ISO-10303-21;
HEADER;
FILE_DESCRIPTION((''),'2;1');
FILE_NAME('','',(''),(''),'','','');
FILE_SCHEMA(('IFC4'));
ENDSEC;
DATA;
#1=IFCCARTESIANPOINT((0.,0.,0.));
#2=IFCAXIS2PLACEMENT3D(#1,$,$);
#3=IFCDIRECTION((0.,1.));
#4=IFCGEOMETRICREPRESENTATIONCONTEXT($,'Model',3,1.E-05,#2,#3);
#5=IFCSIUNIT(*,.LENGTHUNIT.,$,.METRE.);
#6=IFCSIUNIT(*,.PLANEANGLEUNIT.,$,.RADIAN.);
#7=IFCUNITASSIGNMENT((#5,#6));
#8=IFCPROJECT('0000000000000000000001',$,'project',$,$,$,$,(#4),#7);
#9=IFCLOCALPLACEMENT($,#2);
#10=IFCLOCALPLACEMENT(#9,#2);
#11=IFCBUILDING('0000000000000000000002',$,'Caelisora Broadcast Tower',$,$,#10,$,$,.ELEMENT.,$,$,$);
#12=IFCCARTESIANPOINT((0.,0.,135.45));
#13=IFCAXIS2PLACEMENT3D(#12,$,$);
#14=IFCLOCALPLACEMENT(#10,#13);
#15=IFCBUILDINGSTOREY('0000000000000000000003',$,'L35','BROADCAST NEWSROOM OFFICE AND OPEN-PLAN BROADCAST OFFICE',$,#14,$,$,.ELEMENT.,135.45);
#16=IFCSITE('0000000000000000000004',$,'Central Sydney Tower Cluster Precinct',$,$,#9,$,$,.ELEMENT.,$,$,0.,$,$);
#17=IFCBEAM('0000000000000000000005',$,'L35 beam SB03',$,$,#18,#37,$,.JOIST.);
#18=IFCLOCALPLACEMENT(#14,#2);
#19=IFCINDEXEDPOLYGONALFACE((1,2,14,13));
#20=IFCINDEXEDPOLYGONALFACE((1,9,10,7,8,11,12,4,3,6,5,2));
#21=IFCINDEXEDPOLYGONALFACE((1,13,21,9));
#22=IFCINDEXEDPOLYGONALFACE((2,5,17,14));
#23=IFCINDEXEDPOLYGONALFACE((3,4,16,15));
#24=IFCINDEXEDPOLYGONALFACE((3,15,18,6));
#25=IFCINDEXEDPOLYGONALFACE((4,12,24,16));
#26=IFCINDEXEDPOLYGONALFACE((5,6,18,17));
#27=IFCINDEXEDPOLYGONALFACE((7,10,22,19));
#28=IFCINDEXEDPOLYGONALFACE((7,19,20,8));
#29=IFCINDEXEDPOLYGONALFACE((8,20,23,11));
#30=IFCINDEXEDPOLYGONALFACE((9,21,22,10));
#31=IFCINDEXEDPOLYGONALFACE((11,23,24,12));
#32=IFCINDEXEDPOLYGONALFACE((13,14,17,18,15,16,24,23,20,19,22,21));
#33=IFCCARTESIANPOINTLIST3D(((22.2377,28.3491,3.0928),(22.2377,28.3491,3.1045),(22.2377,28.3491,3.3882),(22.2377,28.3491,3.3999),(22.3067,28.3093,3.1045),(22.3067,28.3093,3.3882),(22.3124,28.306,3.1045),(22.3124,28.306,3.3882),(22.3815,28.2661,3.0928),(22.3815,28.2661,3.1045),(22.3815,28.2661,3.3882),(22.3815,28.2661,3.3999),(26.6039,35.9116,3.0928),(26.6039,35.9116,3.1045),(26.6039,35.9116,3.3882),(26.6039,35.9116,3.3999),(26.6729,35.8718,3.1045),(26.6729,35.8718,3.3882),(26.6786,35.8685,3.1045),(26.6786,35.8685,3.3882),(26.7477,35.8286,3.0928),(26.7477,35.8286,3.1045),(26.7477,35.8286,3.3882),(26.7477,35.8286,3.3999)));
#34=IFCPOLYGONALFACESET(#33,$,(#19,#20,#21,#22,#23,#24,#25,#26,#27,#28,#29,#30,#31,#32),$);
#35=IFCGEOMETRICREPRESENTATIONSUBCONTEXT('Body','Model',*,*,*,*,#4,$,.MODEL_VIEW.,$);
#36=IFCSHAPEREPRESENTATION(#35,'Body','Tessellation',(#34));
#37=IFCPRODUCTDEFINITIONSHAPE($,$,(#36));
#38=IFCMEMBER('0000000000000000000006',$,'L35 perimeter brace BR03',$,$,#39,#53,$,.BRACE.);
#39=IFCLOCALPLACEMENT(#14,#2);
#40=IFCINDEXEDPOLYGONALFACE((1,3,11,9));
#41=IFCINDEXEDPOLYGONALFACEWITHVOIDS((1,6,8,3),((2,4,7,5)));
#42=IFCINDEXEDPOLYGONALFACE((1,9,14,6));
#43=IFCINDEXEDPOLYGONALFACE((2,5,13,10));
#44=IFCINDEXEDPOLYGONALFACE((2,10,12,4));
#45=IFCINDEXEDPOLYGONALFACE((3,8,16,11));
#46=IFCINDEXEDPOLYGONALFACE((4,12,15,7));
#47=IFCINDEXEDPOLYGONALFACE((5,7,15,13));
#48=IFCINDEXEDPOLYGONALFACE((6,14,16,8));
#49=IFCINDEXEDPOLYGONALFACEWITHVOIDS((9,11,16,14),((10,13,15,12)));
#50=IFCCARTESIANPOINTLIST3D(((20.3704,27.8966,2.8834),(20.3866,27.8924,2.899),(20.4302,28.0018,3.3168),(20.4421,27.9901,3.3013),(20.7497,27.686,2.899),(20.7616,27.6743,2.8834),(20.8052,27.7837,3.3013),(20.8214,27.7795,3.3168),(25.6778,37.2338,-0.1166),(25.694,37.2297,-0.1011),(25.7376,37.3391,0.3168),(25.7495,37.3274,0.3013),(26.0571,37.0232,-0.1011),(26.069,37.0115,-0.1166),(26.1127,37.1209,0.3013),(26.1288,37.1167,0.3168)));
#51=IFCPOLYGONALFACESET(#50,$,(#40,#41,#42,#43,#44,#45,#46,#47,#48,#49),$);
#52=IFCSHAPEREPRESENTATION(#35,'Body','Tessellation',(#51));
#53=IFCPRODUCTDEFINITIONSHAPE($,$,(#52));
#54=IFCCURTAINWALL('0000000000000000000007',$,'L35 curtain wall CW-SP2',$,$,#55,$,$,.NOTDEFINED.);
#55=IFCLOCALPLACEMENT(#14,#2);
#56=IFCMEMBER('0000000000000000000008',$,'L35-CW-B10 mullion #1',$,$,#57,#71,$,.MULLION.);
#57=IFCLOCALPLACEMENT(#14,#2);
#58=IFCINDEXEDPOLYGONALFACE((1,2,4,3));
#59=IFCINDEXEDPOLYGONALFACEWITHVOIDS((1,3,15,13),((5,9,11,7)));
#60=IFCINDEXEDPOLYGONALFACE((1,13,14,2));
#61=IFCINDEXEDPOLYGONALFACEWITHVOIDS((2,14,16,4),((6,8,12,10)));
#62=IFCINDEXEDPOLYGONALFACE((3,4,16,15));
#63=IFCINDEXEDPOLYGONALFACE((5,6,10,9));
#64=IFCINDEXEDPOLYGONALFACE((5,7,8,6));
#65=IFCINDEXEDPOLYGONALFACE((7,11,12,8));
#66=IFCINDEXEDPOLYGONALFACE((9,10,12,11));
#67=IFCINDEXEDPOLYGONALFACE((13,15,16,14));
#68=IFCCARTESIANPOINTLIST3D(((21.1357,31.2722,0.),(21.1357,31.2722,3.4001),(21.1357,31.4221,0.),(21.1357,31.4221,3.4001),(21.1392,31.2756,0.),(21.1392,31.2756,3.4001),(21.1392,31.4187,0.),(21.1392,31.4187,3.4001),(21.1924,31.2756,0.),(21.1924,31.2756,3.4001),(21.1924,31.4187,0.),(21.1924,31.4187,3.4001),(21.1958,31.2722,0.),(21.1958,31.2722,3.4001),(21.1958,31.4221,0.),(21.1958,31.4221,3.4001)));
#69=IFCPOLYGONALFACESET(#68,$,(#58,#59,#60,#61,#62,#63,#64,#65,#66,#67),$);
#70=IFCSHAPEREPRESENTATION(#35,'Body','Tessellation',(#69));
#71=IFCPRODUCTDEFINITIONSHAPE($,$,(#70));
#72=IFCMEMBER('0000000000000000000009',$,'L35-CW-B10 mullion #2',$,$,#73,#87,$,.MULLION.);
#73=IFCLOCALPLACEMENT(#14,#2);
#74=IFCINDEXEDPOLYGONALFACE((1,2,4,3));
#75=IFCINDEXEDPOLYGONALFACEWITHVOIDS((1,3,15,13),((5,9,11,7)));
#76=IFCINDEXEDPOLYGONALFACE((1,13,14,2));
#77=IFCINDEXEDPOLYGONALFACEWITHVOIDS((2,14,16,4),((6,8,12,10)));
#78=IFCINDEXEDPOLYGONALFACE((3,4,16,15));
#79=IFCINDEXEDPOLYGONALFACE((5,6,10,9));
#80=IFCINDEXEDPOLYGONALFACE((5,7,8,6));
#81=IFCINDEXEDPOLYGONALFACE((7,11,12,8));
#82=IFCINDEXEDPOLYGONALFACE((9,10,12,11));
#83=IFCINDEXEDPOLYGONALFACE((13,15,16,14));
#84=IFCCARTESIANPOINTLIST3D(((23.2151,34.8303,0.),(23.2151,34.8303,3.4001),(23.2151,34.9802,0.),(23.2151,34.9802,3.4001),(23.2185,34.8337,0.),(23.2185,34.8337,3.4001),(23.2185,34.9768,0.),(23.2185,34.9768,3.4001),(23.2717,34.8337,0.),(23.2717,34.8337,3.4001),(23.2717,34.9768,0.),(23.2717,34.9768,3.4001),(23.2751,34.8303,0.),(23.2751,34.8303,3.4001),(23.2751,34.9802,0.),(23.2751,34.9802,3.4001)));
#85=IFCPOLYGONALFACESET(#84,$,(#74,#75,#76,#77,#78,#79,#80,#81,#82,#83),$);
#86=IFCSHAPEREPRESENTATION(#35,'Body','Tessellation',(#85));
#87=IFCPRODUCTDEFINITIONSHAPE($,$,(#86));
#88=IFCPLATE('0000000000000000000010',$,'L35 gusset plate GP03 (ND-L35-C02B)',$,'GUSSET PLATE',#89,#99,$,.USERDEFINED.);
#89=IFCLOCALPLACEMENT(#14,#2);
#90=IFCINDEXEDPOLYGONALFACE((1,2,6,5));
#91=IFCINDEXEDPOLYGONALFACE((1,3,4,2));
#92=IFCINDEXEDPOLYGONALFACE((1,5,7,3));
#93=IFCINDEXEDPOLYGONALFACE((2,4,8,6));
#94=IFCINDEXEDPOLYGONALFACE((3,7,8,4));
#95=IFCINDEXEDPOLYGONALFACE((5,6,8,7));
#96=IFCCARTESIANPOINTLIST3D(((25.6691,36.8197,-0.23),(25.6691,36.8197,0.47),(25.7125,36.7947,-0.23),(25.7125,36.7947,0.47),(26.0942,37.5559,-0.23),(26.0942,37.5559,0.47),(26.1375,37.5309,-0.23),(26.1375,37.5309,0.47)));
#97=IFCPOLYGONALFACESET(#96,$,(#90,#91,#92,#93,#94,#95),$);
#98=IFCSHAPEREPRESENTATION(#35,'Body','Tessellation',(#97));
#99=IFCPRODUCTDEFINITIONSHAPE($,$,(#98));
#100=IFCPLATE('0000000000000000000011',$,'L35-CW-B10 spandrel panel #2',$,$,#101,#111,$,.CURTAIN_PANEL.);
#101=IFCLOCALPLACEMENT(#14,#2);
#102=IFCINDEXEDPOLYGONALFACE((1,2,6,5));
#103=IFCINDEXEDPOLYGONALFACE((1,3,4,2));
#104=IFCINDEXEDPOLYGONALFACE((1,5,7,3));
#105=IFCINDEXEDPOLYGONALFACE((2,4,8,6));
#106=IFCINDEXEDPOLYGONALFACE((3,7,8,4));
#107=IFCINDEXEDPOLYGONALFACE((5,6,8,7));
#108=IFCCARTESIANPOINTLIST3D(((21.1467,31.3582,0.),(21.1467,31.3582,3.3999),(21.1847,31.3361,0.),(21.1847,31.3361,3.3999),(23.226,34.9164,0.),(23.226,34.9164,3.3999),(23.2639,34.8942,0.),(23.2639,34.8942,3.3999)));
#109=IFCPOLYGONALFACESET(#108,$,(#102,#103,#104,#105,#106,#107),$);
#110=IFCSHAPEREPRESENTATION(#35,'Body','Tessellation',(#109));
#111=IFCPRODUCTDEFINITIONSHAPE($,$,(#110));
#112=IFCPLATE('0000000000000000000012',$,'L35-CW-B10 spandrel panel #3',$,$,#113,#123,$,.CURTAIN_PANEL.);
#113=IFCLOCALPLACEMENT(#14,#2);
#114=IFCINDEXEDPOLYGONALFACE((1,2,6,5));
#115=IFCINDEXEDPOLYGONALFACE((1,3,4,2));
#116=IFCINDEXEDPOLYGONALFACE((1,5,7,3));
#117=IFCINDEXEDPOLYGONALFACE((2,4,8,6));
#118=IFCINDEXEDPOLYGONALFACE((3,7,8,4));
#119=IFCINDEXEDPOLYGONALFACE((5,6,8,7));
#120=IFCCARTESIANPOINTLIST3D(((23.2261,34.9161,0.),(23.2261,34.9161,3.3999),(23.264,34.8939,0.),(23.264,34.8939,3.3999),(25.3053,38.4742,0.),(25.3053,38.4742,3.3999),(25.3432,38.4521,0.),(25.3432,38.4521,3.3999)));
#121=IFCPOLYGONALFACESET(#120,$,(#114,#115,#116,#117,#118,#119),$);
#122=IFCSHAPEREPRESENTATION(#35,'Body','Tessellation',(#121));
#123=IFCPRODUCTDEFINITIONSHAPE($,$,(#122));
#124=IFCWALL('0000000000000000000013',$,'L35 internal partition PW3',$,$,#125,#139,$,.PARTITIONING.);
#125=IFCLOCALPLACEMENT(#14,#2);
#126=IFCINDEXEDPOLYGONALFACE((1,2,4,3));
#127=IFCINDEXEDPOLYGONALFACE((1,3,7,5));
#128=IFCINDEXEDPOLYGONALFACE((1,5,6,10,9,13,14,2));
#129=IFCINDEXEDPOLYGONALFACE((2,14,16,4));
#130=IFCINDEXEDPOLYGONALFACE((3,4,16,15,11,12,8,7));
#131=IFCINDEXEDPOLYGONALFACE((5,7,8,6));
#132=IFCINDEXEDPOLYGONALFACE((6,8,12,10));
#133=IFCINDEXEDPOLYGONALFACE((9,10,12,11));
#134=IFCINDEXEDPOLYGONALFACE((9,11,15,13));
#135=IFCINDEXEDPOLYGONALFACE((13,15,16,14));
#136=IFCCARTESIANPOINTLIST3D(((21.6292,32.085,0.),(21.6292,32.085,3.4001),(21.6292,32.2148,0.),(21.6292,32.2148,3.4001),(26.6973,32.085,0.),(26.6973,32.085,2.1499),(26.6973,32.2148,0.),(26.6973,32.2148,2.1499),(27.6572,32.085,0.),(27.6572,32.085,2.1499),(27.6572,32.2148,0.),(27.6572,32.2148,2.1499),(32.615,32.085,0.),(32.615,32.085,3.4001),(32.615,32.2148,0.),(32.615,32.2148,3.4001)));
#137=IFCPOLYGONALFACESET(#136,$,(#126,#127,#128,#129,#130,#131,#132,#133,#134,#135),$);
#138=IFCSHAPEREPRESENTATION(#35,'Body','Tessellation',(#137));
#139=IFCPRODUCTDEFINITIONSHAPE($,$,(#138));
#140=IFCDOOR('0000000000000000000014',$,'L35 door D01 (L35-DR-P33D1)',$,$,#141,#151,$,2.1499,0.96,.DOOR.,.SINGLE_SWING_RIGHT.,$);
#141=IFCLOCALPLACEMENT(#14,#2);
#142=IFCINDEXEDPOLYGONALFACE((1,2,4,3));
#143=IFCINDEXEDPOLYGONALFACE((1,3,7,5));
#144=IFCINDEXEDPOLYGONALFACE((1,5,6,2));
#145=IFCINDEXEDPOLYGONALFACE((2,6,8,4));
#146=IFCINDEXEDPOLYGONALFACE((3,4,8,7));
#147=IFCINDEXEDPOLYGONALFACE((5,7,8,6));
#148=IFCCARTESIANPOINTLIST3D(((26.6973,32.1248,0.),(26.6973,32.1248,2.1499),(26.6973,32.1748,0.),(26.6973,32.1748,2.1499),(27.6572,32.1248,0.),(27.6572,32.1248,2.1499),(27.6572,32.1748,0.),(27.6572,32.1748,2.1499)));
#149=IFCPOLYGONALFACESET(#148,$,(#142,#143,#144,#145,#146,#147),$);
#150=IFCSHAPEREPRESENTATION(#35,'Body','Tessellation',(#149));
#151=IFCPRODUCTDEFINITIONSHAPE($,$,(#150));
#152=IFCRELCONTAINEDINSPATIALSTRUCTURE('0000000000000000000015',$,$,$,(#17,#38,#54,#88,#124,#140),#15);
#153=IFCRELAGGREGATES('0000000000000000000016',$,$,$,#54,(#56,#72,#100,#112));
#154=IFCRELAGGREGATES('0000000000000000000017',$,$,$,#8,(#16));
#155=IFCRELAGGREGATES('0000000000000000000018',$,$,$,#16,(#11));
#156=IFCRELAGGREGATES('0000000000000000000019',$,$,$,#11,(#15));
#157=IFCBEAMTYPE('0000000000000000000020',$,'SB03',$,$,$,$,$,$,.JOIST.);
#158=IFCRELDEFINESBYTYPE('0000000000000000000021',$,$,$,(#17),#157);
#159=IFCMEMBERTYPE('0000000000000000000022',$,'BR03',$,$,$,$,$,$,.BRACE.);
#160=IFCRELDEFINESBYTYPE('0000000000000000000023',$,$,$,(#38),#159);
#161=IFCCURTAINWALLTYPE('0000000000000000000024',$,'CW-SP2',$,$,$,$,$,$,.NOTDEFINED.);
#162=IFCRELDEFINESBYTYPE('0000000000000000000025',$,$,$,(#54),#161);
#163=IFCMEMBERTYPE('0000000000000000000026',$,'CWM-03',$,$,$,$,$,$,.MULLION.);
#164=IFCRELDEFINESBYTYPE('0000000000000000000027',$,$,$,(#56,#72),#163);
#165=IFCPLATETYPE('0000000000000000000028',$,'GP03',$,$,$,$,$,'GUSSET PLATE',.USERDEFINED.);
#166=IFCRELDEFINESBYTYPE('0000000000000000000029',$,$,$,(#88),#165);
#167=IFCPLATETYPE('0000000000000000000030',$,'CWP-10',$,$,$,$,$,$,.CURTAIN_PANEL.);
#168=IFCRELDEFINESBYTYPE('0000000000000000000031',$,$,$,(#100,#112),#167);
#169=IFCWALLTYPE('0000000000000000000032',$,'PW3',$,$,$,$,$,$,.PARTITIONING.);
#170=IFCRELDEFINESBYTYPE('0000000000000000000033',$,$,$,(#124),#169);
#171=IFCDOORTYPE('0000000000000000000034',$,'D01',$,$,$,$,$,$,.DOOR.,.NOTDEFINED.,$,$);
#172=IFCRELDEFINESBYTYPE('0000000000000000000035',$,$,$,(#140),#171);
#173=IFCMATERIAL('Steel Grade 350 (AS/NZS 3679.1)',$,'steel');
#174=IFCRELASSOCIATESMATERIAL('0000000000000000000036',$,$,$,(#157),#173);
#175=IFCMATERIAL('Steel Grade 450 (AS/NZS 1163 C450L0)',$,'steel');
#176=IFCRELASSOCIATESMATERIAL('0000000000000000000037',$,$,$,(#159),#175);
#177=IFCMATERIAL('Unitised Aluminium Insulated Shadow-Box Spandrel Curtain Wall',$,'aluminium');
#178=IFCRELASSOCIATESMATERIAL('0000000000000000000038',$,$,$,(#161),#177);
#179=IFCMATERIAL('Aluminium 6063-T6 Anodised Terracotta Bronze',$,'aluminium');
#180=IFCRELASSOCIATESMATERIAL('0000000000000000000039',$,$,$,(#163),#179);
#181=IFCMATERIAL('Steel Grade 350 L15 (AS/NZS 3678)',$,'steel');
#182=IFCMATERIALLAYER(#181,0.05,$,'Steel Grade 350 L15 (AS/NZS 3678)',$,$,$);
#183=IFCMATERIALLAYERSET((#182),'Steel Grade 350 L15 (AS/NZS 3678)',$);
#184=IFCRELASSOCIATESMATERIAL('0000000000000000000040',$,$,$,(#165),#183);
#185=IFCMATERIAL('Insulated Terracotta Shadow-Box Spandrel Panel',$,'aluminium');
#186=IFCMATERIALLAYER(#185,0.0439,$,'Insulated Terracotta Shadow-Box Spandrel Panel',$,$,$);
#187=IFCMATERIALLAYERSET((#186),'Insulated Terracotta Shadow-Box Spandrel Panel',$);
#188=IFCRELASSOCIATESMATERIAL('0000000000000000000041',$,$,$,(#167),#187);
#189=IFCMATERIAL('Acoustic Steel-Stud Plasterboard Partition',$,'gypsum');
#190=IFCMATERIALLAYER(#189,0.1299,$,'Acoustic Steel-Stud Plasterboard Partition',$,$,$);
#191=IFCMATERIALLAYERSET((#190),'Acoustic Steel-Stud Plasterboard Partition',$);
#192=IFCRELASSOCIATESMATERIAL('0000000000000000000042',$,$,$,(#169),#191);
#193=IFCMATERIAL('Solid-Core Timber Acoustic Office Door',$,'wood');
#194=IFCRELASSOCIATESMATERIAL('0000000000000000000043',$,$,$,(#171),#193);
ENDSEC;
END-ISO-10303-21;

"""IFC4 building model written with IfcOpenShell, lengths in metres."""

from ifc_helpers import new_model, si_unit, direction, frame, frame_2d, origin, origin_2d, place, context, subcontext, project, spatial, rectangle, hollow_rectangle, i_section, extrude, source, transform, mapped, material, layer, layer_set, material_profile, profile_set, type_object, type_shapes, element, fill, aggregate, save


model = new_model("IFC4")

# Units and contexts
model_context = context("Model", 3, precision=1e-05, world=origin(), true_north=direction((0.0, 1.0)))
body_context = subcontext(model_context, "Body", "Model", "MODEL_VIEW")
ifc_project = project(units=[si_unit("LENGTHUNIT", "METRE"), si_unit("PLANEANGLEUNIT", "RADIAN")], contexts=[model_context])

# Site, building, storey
site_placement = place(None, origin())
site = spatial("IfcSite", under=ifc_project, at=site_placement, Name="Central Sydney Tower Cluster Precinct", CompositionType="ELEMENT", RefElevation=0.0)
building_placement = place(site_placement, origin())
building = spatial("IfcBuilding", under=site, at=building_placement, Name="Caelisora Broadcast Tower", CompositionType="ELEMENT")
storey_placement = place(building_placement, frame((0.0, 0.0, 135.45)))
storey = spatial("IfcBuildingStorey", under=building, at=storey_placement, Name="L35", Description="BROADCAST NEWSROOM OFFICE AND OPEN-PLAN BROADCAST OFFICE", CompositionType="ELEMENT", Elevation=135.45)

# Shared definitions
ifc_material_1 = material(Name="Steel Grade 350 L15 (AS/NZS 3678)", Category="steel")

# Beam
ifc_material_2 = material(Name="Steel Grade 350 (AS/NZS 3679.1)", Category="steel")
ifc_material_profile_1 = material_profile(ifc_material_2, i_section(OverallWidth=0.166, OverallDepth=0.3071, WebThickness=0.0066, FlangeThickness=0.0117, at=origin_2d()), Name="Steel Grade 350 (AS/NZS 3679.1)")
ifc_profile_set_1 = profile_set([ifc_material_profile_1], Name="Steel Grade 350 (AS/NZS 3679.1)")
beam_type_1 = type_object("IfcBeamType", Name="SB03", PredefinedType="JOIST", material=ifc_profile_set_1)
shared_shape_1 = source(origin(), body_context, "Body", "SweptSolid", [
    extrude(i_section(OverallWidth=0.166, OverallDepth=0.3071, WebThickness=0.0066, FlangeThickness=0.0117, at=origin_2d()), origin(), (0.0, 0.0, 1.0), 8.7324),
])
beam_1_placement = place(storey_placement, frame((26.6758, 35.8701, 3.2463), z_axis=(-0.5, -0.866025, 0.0), x_axis=(0.866025, -0.5, 0.0)))
element("IfcBeam", 1, at=beam_1_placement, inside=storey, type_object=beam_type_1, Name="L35 beam SB03", PredefinedType="JOIST", context=body_context, shape_type="MappedRepresentation", body=[
    mapped(shared_shape_1, transform((0.0, 0.0, 0.0), scale=1.0)),
])

# Member
ifc_material_3 = material(Name="Steel Grade 450 (AS/NZS 1163 C450L0)", Category="steel")
ifc_material_profile_2 = material_profile(ifc_material_3, hollow_rectangle(XDim=0.45, YDim=0.45, WallThickness=0.0161, at=origin_2d()), Name="Steel Grade 450 (AS/NZS 1163 C450L0)")
ifc_profile_set_2 = profile_set([ifc_material_profile_2], Name="Steel Grade 450 (AS/NZS 1163 C450L0)")
member_type_1 = type_object("IfcMemberType", Name="BR03", PredefinedType="BRACE", material=ifc_profile_set_2)
shared_shape_2 = source(origin(), body_context, "Body", "SweptSolid", [
    extrude(hollow_rectangle(XDim=0.45, YDim=0.45, WallThickness=0.0161, at=origin_2d()), origin(), (0.0, 0.0, 1.0), 11.1514),
])
type_shapes(member_type_1, [shared_shape_2])
member_1_placement = place(storey_placement, frame((25.9033, 37.1753, 0.1001), z_axis=(-0.475944, -0.837318, 0.269028), x_axis=(0.86937, -0.494162, 0.0)))
element("IfcMember", 2, at=member_1_placement, inside=storey, type_object=member_type_1, Name="L35 perimeter brace BR03", PredefinedType="BRACE", context=body_context, shape_type="MappedRepresentation", body=[
    mapped(shared_shape_2, transform((0.0, 0.0, 0.0), scale=1.0)),
])

# Curtain wall, members
ifc_material_4 = material(Name="Unitised Aluminium Insulated Shadow-Box Spandrel Curtain Wall", Category="aluminium")
curtain_wall_type = type_object("IfcCurtainWallType", Name="CW-SP2", PredefinedType="NOTDEFINED", material=ifc_material_4)
curtain_wall_placement = place(storey_placement, origin())
curtain_wall = element("IfcCurtainWall", 3, at=curtain_wall_placement, inside=storey, type_object=curtain_wall_type, Name="L35 curtain wall CW-SP2", PredefinedType="NOTDEFINED")
ifc_material_5 = material(Name="Aluminium 6063-T6 Anodised Terracotta Bronze", Category="aluminium")
ifc_material_profile_3 = material_profile(ifc_material_5, hollow_rectangle(XDim=0.0601, YDim=0.1499, WallThickness=0.0034, at=origin_2d()), Name="Aluminium 6063-T6 Anodised Terracotta Bronze")
ifc_profile_set_3 = profile_set([ifc_material_profile_3], Name="Aluminium 6063-T6 Anodised Terracotta Bronze")
member_type_2 = type_object("IfcMemberType", Name="CWM-03", PredefinedType="MULLION", material=ifc_profile_set_3)
shared_shape_3 = source(origin(), body_context, "Body", "SweptSolid", [
    extrude(hollow_rectangle(XDim=0.0601, YDim=0.1499, WallThickness=0.0034, at=origin_2d()), origin(), (0.0, 0.0, 1.0), 3.4001),
])
type_shapes(member_type_2, [shared_shape_3])
member_2_placement = place(storey_placement, frame((21.1658, 31.3472, 0.0), z_axis=(0.0, 0.0, 1.0), x_axis=(1.0, 0.0, 0.0)))
member_2 = element("IfcMember", 4, at=member_2_placement, type_object=member_type_2, Name="L35-CW-B10 mullion #1", PredefinedType="MULLION", context=body_context, shape_type="MappedRepresentation", body=[
    mapped(shared_shape_3, transform((0.0, 0.0, 0.0), scale=1.0)),
])
member_3_placement = place(storey_placement, frame((23.2451, 34.9053, 0.0), z_axis=(0.0, 0.0, 1.0), x_axis=(1.0, 0.0, 0.0)))
member_3 = element("IfcMember", 5, at=member_3_placement, type_object=member_type_2, Name="L35-CW-B10 mullion #2", PredefinedType="MULLION", context=body_context, shape_type="MappedRepresentation", body=[
    mapped(shared_shape_3, transform((0.0, 0.0, 0.0), scale=1.0)),
])

# Plates
ifc_layer_1 = layer(ifc_material_1, 0.05, Name="Steel Grade 350 L15 (AS/NZS 3678)")
ifc_layer_set_1 = layer_set([ifc_layer_1], Name="Steel Grade 350 L15 (AS/NZS 3678)")
plate_type_1 = type_object("IfcPlateType", Name="GP03", ElementType="GUSSET PLATE", PredefinedType="USERDEFINED", material=ifc_layer_set_1)
shared_shape_4 = source(origin(), body_context, "Body", "SweptSolid", [
    extrude(rectangle(XDim=0.8501, YDim=0.05, at=origin_2d()), origin(), (0.0, 0.0, 1.0), 0.7),
])
type_shapes(plate_type_1, [shared_shape_4])
plate_1_placement = place(storey_placement, frame((25.9033, 37.1753, -0.23), z_axis=(0.0, 0.0, 1.0), x_axis=(-0.5, -0.866025, 0.0)))
element("IfcPlate", 6, at=plate_1_placement, inside=storey, type_object=plate_type_1, Name="L35 gusset plate GP03 (ND-L35-C02B)", ObjectType="GUSSET PLATE", PredefinedType="USERDEFINED", context=body_context, shape_type="MappedRepresentation", body=[
    mapped(shared_shape_4, transform((0.0, 0.0, 0.0), scale=1.0)),
])
ifc_material_6 = material(Name="Insulated Terracotta Shadow-Box Spandrel Panel", Category="aluminium")
ifc_layer_2 = layer(ifc_material_6, 0.0439, Name="Insulated Terracotta Shadow-Box Spandrel Panel")
ifc_layer_set_2 = layer_set([ifc_layer_2], Name="Insulated Terracotta Shadow-Box Spandrel Panel")
plate_type_2 = type_object("IfcPlateType", Name="CWP-10", PredefinedType="CURTAIN_PANEL", material=ifc_layer_set_2)
shared_shape_5 = source(origin(), body_context, "Body", "SweptSolid", [
    extrude(rectangle(XDim=4.1211, YDim=0.0439, at=origin_2d()), origin(), (0.0, 0.0, 1.0), 3.3999),
])
type_shapes(plate_type_2, [shared_shape_5])
plate_2_placement = place(storey_placement, frame((22.2053, 33.1262, 0.0), z_axis=(0.0, 0.0, 1.0), x_axis=(0.504528, 0.863396, 0.0)))
plate_2 = element("IfcPlate", 7, at=plate_2_placement, type_object=plate_type_2, Name="L35-CW-B10 spandrel panel #2", PredefinedType="CURTAIN_PANEL", context=body_context, shape_type="MappedRepresentation", body=[
    mapped(shared_shape_5, transform((0.0, 0.0, 0.0), scale=1.0)),
])
plate_3_placement = place(storey_placement, frame((24.2847, 36.6841, 0.0), z_axis=(0.0, 0.0, 1.0), x_axis=(0.504528, 0.863396, 0.0)))
plate_3 = element("IfcPlate", 8, at=plate_3_placement, type_object=plate_type_2, Name="L35-CW-B10 spandrel panel #3", PredefinedType="CURTAIN_PANEL", context=body_context, shape_type="MappedRepresentation", body=[
    mapped(shared_shape_5, transform((0.0, 0.0, 0.0), scale=1.0)),
])
aggregate(curtain_wall, [member_2, member_3, plate_2, plate_3])

# Wall, opening, door
ifc_material_7 = material(Name="Acoustic Steel-Stud Plasterboard Partition", Category="gypsum")
ifc_layer_3 = layer(ifc_material_7, 0.1299, Name="Acoustic Steel-Stud Plasterboard Partition")
ifc_layer_set_3 = layer_set([ifc_layer_3], Name="Acoustic Steel-Stud Plasterboard Partition")
wall_type = type_object("IfcWallType", Name="PW3", PredefinedType="PARTITIONING", material=ifc_layer_set_3)
wall_1_placement = place(storey_placement, frame((21.6292, 32.1499, 0.0), z_axis=(0.0, 0.0, 1.0), x_axis=(1.0, 0.0, 0.0)))
wall_1 = element("IfcWall", 9, at=wall_1_placement, inside=storey, type_object=wall_type, Name="L35 internal partition PW3", PredefinedType="PARTITIONING", context=body_context, shape_type="SweptSolid", body=[
    extrude(rectangle(XDim=10.9858, YDim=0.1299, at=frame_2d((5.4929, 0.0))), origin(), (0.0, 0.0, 1.0), 3.4001),
])
opening_1_placement = place(wall_1_placement, frame((5.0681, 0.0, 0.0)))
opening_1 = element("IfcOpeningElement", 10, at=opening_1_placement, cuts=wall_1, PredefinedType="OPENING", context=body_context, shape_type="SweptSolid", body=[
    extrude(rectangle(XDim=0.96, YDim=2.1499, at=frame_2d((0.48, 1.075))), frame((0.0, 0.0769, 0.0), z_axis=(0.0, -1.0, 0.0), x_axis=(1.0, 0.0, 0.0)), (0.0, 0.0, 1.0), 0.1538),
])
ifc_material_8 = material(Name="Solid-Core Timber Acoustic Office Door", Category="wood")
door_type = type_object("IfcDoorType", Name="D01", OperationType="NOTDEFINED", PredefinedType="DOOR", material=ifc_material_8)
door_1_placement = place(opening_1_placement, origin())
door_1 = element("IfcDoor", 11, at=door_1_placement, inside=storey, type_object=door_type, Name="L35 door D01 (L35-DR-P33D1)", OperationType="SINGLE_SWING_RIGHT", OverallHeight=2.1499, OverallWidth=0.96, PredefinedType="DOOR", context=body_context, shape_type="SweptSolid", body=[
    extrude(rectangle(XDim=0.96, YDim=2.1499, at=frame_2d((0.48, 1.075))), frame((0.0, 0.0249, 0.0), z_axis=(0.0, -1.0, 0.0), x_axis=(1.0, 0.0, 0.0)), (0.0, 0.0, 1.0), 0.05),
])
fill(opening_1, door_1)

save(model, "model.ifc")
